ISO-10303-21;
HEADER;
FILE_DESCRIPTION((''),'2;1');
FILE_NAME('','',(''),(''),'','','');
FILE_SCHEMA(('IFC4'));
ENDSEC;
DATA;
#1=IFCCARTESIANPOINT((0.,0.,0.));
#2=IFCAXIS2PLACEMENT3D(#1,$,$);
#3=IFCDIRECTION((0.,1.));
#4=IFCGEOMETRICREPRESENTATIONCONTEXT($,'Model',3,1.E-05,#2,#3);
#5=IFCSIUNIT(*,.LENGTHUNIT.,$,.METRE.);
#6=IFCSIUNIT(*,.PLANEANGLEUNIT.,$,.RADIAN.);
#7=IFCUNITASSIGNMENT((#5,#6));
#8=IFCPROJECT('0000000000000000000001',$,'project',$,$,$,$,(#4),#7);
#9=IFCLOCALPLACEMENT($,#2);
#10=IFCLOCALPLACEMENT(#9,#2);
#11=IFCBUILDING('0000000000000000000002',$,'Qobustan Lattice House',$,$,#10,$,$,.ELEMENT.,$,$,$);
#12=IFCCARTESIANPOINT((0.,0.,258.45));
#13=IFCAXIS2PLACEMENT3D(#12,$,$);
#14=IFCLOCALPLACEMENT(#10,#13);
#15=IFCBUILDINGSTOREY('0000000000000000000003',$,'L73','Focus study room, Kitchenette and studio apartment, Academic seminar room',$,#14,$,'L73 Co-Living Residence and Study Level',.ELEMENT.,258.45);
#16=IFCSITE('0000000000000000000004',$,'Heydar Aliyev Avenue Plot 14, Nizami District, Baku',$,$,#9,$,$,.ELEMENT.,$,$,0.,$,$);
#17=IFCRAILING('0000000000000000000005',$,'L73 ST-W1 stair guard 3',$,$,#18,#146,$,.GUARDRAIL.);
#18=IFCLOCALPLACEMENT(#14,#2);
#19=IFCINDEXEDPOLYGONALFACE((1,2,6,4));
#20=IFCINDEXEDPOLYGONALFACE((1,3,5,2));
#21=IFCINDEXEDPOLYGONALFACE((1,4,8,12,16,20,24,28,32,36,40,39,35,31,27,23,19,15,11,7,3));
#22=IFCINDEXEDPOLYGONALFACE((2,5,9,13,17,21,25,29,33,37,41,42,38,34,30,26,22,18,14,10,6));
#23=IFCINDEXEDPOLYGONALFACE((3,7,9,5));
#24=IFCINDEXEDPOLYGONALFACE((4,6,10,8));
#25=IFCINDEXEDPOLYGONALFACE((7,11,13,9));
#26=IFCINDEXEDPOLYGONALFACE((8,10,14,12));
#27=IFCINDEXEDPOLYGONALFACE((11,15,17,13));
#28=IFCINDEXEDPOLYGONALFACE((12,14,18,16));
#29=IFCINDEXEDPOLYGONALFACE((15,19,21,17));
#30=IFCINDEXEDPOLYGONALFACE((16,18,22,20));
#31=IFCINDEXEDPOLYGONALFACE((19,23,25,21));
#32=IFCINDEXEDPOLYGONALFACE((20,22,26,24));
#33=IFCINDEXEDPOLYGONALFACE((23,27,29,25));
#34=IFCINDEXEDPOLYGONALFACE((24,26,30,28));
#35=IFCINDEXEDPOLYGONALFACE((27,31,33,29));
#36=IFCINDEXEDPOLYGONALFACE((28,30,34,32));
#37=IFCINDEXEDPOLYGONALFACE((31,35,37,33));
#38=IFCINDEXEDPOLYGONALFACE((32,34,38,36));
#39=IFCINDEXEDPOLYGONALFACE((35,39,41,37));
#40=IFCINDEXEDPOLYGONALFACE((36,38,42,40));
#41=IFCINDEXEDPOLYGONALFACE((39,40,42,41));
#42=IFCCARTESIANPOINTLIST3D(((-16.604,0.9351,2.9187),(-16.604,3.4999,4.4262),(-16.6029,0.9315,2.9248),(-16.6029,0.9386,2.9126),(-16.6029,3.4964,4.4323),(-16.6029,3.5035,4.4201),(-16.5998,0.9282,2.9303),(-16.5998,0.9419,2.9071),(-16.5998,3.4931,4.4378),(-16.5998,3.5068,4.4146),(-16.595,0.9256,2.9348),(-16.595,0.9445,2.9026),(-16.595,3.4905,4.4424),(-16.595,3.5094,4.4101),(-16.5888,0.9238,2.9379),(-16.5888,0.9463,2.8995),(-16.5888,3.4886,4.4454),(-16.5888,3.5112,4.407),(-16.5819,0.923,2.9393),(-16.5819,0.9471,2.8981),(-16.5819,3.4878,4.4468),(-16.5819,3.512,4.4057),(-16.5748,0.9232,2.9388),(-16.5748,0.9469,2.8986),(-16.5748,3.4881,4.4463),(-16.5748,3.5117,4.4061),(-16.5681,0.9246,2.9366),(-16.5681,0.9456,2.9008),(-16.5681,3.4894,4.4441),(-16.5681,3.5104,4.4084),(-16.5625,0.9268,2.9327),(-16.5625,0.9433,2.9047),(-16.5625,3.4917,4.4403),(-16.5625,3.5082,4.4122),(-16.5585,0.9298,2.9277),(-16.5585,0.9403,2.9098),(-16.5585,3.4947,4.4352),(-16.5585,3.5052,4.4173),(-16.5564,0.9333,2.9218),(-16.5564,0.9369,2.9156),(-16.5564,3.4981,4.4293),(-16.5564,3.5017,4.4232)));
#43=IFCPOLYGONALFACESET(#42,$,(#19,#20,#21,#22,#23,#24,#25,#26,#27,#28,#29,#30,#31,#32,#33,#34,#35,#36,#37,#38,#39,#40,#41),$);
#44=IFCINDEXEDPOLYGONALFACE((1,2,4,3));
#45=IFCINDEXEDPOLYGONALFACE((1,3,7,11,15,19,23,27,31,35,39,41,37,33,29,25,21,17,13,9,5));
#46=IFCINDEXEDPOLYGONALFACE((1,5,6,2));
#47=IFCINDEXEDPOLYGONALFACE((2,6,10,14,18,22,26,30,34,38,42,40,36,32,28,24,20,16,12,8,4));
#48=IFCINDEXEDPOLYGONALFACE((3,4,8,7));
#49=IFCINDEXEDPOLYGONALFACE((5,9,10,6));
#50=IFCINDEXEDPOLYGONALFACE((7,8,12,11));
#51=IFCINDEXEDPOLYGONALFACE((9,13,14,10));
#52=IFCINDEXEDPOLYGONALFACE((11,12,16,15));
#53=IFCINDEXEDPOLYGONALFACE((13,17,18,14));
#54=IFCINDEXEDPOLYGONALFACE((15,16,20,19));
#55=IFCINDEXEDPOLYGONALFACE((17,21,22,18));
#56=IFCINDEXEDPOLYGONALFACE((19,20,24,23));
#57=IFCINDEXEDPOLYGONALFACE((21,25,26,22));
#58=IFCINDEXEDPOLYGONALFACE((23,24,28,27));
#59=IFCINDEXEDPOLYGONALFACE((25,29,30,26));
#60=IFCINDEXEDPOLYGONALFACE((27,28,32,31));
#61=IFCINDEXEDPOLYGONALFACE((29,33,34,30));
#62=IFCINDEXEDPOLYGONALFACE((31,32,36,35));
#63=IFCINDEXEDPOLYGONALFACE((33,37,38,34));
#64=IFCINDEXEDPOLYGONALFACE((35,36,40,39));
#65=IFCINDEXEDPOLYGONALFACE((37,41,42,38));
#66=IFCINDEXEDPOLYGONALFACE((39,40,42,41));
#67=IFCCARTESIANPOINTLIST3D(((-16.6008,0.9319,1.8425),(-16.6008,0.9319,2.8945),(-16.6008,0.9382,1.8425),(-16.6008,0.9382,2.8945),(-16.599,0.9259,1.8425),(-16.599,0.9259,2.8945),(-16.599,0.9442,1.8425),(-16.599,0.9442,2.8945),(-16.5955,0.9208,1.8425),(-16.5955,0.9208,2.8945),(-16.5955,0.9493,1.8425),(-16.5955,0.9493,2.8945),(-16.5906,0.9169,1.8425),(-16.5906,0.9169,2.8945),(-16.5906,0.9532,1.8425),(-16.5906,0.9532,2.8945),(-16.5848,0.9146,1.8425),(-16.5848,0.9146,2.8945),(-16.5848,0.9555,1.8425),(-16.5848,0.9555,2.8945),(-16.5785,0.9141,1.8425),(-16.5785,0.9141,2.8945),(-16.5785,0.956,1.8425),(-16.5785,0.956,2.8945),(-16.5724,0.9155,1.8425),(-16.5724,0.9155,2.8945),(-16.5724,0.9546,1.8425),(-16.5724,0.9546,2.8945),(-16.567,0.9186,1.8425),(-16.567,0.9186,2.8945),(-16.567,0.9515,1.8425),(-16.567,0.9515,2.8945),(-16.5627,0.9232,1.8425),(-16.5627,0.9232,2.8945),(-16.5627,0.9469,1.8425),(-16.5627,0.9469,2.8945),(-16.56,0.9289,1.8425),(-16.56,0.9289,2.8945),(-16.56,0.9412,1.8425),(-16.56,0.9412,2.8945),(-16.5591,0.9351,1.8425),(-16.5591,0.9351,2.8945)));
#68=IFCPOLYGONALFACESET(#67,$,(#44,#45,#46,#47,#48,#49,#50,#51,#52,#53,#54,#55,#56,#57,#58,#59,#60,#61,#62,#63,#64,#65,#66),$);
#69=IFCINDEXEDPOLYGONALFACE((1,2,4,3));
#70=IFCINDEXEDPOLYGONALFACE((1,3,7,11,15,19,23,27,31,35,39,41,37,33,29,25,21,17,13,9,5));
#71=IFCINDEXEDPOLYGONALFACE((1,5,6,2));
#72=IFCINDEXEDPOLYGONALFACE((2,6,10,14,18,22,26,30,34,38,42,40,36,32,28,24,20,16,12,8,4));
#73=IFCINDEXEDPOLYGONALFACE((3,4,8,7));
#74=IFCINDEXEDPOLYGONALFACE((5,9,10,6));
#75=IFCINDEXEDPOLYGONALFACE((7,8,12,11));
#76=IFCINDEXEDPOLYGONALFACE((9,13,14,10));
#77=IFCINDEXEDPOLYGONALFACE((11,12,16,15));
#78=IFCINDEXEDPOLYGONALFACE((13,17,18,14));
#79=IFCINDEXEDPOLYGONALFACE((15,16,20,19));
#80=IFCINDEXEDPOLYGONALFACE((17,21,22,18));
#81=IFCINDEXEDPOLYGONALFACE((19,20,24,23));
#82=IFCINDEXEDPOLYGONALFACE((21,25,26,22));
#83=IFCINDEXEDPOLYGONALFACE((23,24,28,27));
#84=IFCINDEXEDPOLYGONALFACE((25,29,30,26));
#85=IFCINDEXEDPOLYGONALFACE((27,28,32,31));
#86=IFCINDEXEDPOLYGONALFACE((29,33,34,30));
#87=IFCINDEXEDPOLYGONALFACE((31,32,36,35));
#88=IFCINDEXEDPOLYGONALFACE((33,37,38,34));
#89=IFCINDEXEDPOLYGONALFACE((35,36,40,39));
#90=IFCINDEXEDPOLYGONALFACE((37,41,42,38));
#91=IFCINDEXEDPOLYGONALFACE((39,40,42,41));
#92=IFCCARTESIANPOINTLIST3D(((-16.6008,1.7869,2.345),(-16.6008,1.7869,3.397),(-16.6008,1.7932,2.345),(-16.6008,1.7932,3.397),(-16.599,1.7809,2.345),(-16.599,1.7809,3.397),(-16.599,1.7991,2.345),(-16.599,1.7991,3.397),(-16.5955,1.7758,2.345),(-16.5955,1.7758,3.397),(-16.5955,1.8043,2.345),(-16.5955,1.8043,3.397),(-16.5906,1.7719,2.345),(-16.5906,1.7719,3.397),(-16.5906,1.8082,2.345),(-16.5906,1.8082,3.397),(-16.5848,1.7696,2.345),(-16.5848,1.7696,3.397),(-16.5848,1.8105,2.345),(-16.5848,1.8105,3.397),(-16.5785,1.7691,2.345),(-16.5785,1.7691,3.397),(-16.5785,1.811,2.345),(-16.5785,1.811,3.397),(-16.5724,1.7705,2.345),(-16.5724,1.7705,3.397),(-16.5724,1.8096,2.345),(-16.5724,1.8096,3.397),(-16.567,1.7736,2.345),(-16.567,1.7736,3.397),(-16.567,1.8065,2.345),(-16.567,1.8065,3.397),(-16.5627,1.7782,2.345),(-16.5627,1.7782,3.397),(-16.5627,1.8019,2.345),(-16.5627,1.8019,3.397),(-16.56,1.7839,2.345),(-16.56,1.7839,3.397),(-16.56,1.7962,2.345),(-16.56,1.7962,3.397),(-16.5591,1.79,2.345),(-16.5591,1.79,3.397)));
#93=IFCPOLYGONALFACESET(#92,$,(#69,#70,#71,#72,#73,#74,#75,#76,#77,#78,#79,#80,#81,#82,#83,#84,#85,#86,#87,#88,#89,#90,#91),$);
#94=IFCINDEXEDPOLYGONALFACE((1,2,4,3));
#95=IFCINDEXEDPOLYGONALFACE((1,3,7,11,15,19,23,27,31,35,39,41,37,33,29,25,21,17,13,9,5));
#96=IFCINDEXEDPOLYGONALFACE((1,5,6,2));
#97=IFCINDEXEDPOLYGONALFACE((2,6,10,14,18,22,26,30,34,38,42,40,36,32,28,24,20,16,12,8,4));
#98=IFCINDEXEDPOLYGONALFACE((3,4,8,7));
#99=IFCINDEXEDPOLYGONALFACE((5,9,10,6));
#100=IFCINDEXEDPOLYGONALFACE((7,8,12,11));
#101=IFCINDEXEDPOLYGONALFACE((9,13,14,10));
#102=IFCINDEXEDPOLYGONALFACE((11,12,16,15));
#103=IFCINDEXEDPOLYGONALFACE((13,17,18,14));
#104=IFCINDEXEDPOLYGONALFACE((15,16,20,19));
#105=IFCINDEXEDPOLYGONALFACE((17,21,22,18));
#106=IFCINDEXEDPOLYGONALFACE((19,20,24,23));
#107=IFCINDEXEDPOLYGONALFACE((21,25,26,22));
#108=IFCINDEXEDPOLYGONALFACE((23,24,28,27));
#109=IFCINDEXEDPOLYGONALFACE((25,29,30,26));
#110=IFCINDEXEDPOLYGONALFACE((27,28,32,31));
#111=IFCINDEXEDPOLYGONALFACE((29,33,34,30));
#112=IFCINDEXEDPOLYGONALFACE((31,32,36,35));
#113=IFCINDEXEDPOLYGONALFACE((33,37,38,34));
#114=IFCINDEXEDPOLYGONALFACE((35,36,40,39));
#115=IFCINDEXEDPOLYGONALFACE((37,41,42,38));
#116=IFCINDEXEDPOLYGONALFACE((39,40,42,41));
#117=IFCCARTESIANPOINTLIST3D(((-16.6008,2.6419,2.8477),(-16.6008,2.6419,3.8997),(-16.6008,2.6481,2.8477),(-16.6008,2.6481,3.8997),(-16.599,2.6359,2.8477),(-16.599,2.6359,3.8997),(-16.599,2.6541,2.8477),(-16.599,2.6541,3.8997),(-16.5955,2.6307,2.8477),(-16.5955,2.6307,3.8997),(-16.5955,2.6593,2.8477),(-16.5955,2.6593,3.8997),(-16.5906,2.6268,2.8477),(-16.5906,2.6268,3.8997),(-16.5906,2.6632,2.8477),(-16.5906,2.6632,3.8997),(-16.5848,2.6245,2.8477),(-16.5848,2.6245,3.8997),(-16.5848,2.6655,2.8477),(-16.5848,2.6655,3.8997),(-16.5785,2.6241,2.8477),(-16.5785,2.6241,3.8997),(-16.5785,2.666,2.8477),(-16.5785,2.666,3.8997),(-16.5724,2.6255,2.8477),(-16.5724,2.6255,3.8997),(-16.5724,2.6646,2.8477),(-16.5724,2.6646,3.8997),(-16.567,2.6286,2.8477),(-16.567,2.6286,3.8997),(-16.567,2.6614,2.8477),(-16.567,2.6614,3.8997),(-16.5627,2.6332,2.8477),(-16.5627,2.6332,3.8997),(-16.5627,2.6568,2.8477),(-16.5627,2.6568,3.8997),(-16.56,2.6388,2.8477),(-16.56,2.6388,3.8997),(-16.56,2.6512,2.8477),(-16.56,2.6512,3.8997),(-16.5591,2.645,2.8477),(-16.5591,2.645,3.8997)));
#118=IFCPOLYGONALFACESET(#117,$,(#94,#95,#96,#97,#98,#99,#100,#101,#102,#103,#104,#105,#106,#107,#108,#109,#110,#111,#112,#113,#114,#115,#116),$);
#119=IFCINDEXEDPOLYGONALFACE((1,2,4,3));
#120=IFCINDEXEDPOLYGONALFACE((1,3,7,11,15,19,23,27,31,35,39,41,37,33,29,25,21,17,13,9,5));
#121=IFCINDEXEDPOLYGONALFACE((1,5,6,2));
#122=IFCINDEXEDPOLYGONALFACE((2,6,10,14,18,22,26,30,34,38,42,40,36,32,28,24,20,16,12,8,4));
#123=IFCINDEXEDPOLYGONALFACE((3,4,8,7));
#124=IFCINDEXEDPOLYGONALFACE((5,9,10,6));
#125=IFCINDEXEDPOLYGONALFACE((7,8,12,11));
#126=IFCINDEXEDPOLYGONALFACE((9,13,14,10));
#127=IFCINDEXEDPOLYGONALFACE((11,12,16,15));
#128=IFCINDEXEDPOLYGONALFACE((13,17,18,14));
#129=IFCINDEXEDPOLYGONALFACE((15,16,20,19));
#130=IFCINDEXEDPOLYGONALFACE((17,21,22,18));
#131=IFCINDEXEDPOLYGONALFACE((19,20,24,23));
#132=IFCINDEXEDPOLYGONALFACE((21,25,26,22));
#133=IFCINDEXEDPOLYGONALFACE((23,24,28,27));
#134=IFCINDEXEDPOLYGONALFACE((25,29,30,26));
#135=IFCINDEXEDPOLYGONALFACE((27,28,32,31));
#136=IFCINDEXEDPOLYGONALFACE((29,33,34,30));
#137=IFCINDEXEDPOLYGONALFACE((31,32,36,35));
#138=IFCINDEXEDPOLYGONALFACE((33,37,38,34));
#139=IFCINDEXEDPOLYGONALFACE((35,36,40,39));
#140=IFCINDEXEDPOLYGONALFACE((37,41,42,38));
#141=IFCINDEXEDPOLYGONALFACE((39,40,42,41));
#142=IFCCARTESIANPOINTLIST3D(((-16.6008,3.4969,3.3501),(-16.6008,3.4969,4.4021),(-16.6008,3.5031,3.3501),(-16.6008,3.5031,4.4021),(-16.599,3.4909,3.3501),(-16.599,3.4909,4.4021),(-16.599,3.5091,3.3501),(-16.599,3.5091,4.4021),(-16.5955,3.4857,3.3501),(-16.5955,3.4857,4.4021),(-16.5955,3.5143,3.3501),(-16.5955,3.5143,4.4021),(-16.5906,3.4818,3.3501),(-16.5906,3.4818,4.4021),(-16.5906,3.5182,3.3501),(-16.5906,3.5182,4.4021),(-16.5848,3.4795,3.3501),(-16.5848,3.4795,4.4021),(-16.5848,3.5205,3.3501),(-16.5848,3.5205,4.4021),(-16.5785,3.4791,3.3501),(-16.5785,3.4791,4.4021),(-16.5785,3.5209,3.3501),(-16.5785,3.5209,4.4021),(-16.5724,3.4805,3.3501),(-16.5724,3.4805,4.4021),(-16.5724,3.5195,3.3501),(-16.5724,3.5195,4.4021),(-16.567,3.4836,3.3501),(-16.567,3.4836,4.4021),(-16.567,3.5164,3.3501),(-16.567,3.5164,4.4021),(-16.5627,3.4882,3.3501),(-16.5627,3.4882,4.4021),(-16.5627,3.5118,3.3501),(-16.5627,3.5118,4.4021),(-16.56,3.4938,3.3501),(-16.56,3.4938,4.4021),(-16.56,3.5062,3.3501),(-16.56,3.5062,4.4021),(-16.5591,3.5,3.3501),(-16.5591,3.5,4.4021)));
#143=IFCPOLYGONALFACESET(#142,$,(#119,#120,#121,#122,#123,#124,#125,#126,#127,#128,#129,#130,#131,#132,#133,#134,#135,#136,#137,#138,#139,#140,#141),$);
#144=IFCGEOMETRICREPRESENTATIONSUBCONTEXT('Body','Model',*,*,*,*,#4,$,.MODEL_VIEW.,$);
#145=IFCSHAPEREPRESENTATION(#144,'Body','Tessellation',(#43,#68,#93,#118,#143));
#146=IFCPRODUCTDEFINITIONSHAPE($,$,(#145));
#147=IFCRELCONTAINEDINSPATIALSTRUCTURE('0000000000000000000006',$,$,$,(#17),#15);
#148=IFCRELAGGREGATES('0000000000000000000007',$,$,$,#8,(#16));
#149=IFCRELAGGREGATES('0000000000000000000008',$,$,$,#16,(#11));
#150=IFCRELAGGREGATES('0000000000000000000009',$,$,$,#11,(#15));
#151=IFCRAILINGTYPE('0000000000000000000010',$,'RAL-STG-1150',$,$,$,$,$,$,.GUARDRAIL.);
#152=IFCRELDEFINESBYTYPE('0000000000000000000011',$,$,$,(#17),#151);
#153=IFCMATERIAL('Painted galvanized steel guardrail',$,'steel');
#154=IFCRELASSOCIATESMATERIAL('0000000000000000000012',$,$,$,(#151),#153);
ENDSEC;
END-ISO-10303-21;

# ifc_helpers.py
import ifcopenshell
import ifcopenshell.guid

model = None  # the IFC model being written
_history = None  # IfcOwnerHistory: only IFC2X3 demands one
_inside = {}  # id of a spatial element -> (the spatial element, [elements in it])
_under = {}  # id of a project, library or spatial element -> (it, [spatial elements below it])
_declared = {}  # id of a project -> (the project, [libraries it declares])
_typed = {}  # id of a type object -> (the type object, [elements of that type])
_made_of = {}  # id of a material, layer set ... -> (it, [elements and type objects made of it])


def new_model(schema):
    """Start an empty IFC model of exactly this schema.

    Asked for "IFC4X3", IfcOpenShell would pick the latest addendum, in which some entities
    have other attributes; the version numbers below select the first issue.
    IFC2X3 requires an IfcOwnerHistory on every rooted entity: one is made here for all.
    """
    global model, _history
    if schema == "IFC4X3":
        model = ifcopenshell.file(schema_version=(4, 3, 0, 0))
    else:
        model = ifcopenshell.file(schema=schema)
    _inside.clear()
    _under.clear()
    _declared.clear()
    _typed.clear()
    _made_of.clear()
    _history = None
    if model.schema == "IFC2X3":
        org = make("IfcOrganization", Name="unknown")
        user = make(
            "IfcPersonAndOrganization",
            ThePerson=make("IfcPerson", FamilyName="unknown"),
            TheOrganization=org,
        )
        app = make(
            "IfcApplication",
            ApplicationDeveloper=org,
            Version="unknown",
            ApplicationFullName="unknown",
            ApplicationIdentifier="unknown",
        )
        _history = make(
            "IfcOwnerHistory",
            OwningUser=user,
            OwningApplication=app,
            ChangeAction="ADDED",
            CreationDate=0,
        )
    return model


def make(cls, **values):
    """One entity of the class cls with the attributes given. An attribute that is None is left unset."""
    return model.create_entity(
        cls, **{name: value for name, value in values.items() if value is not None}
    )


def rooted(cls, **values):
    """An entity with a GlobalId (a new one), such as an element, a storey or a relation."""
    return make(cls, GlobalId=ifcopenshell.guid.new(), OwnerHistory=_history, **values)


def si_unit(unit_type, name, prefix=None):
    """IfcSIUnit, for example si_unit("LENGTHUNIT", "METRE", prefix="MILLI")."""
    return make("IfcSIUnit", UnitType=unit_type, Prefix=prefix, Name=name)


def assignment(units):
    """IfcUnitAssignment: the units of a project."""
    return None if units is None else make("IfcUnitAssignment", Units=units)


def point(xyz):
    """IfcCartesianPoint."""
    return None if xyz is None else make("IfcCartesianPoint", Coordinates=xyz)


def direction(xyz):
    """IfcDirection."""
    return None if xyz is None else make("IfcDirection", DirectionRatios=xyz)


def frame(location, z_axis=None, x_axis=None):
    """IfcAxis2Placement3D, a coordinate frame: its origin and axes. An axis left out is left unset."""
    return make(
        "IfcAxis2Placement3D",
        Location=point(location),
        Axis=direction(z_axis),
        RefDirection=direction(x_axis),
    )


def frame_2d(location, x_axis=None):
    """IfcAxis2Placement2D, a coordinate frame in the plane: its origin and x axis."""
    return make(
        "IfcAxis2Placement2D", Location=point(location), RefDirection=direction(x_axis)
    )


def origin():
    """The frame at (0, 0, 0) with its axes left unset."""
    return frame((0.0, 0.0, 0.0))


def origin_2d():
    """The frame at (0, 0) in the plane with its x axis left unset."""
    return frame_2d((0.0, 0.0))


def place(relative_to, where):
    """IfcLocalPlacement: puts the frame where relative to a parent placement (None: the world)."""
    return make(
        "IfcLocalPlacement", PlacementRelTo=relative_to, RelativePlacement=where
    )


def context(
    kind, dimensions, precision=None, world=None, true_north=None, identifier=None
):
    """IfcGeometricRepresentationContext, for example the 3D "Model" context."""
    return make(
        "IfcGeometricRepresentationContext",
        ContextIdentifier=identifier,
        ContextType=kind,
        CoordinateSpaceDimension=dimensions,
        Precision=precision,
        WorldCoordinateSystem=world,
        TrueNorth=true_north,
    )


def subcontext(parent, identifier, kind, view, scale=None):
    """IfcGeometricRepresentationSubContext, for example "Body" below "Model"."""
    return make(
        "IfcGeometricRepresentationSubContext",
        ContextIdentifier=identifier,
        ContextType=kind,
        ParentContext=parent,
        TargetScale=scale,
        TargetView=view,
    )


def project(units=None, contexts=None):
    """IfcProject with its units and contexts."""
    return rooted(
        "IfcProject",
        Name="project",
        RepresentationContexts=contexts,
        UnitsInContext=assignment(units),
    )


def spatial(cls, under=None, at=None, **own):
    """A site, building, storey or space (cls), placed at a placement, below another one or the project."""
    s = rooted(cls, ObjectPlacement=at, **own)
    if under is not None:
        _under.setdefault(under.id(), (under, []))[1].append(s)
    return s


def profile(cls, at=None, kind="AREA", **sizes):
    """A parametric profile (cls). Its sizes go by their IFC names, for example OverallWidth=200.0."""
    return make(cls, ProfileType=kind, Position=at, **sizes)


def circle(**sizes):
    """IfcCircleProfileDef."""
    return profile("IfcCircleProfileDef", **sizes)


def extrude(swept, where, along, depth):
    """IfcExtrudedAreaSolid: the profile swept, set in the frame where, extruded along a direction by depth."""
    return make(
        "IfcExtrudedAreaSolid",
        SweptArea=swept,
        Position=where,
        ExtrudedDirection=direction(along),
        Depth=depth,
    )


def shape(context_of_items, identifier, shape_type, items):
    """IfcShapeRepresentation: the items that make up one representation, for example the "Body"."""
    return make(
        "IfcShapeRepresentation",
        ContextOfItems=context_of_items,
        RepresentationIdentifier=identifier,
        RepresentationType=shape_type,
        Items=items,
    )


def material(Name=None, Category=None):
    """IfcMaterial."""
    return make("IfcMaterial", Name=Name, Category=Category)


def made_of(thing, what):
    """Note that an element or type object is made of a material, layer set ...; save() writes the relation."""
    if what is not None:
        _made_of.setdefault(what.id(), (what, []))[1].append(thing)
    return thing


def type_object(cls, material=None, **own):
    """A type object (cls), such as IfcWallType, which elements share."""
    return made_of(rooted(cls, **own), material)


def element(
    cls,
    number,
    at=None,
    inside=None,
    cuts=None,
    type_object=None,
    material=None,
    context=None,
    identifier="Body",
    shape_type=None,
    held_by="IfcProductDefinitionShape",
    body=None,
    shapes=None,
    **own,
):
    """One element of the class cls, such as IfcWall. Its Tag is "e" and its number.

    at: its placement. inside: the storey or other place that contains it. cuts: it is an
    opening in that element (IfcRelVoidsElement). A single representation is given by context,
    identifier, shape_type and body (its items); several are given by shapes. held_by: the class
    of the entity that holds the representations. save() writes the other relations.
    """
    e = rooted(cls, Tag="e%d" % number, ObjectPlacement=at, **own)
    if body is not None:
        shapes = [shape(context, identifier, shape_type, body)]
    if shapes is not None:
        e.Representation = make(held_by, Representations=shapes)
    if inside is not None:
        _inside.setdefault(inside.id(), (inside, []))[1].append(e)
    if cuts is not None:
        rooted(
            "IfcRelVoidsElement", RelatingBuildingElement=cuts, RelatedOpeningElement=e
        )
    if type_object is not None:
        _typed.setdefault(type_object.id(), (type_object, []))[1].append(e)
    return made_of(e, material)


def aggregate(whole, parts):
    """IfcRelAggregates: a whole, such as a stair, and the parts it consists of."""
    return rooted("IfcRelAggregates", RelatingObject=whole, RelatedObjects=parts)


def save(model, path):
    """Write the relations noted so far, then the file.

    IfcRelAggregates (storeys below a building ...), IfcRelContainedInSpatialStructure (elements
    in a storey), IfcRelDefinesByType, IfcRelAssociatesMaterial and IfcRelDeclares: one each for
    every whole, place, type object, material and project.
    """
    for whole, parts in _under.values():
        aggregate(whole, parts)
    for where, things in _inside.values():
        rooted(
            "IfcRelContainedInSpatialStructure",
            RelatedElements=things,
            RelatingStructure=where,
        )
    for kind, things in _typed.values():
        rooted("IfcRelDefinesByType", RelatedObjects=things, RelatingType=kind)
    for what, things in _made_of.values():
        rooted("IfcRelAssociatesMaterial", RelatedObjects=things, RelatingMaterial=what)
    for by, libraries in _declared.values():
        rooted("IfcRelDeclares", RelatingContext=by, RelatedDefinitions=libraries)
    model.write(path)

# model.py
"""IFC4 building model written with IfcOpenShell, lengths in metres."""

from ifc_helpers import new_model, si_unit, direction, frame, origin, origin_2d, place, context, subcontext, project, spatial, circle, extrude, material, type_object, element, save


model = new_model("IFC4")

# Units and contexts
model_context = context("Model", 3, precision=1e-05, world=origin(), true_north=direction((0.0, 1.0)))
body_context = subcontext(model_context, "Body", "Model", "MODEL_VIEW")
ifc_project = project(units=[si_unit("LENGTHUNIT", "METRE"), si_unit("PLANEANGLEUNIT", "RADIAN")], contexts=[model_context])

# Site, building, storey
site_placement = place(None, origin())
site = spatial("IfcSite", under=ifc_project, at=site_placement, Name="Heydar Aliyev Avenue Plot 14, Nizami District, Baku", CompositionType="ELEMENT", RefElevation=0.0)
building_placement = place(site_placement, origin())
building = spatial("IfcBuilding", under=site, at=building_placement, Name="Qobustan Lattice House", CompositionType="ELEMENT")
storey_placement = place(building_placement, frame((0.0, 0.0, 258.45)))
storey = spatial("IfcBuildingStorey", under=building, at=storey_placement, Name="L73", Description="Focus study room, Kitchenette and studio apartment, Academic seminar room", LongName="L73 Co-Living Residence and Study Level", CompositionType="ELEMENT", Elevation=258.45)

# Railing
ifc_material_1 = material(Name="Painted galvanized steel guardrail", Category="steel")
railing_type = type_object("IfcRailingType", Name="RAL-STG-1150", PredefinedType="GUARDRAIL", material=ifc_material_1)
railing_1_placement = place(storey_placement, frame((-16.5801, 0.9351, 1.8425)))
element("IfcRailing", 1, at=railing_1_placement, inside=storey, type_object=railing_type, Name="L73 ST-W1 stair guard 3", PredefinedType="GUARDRAIL", context=body_context, shape_type="SweptSolid", body=[
    extrude(circle(Radius=0.0239, at=origin_2d()), frame((0.0, 0.0, 1.0762), z_axis=(0.0, 0.862113, 0.506715), x_axis=(-1.0, 0.0, 0.0)), (0.0, 0.0, 1.0), 2.9751),
    extrude(circle(Radius=0.021, at=origin_2d()), origin(), (0.0, 0.0, 1.0), 1.052),
    extrude(circle(Radius=0.021, at=origin_2d()), frame((0.0, 0.855, 0.5024)), (0.0, 0.0, 1.0), 1.052),
    extrude(circle(Radius=0.021, at=origin_2d()), frame((0.0, 1.71, 1.0051)), (0.0, 0.0, 1.0), 1.052),
    extrude(circle(Radius=0.021, at=origin_2d()), frame((0.0, 2.5649, 1.5076)), (0.0, 0.0, 1.0), 1.052),
])

save(model, "model.ifc")
